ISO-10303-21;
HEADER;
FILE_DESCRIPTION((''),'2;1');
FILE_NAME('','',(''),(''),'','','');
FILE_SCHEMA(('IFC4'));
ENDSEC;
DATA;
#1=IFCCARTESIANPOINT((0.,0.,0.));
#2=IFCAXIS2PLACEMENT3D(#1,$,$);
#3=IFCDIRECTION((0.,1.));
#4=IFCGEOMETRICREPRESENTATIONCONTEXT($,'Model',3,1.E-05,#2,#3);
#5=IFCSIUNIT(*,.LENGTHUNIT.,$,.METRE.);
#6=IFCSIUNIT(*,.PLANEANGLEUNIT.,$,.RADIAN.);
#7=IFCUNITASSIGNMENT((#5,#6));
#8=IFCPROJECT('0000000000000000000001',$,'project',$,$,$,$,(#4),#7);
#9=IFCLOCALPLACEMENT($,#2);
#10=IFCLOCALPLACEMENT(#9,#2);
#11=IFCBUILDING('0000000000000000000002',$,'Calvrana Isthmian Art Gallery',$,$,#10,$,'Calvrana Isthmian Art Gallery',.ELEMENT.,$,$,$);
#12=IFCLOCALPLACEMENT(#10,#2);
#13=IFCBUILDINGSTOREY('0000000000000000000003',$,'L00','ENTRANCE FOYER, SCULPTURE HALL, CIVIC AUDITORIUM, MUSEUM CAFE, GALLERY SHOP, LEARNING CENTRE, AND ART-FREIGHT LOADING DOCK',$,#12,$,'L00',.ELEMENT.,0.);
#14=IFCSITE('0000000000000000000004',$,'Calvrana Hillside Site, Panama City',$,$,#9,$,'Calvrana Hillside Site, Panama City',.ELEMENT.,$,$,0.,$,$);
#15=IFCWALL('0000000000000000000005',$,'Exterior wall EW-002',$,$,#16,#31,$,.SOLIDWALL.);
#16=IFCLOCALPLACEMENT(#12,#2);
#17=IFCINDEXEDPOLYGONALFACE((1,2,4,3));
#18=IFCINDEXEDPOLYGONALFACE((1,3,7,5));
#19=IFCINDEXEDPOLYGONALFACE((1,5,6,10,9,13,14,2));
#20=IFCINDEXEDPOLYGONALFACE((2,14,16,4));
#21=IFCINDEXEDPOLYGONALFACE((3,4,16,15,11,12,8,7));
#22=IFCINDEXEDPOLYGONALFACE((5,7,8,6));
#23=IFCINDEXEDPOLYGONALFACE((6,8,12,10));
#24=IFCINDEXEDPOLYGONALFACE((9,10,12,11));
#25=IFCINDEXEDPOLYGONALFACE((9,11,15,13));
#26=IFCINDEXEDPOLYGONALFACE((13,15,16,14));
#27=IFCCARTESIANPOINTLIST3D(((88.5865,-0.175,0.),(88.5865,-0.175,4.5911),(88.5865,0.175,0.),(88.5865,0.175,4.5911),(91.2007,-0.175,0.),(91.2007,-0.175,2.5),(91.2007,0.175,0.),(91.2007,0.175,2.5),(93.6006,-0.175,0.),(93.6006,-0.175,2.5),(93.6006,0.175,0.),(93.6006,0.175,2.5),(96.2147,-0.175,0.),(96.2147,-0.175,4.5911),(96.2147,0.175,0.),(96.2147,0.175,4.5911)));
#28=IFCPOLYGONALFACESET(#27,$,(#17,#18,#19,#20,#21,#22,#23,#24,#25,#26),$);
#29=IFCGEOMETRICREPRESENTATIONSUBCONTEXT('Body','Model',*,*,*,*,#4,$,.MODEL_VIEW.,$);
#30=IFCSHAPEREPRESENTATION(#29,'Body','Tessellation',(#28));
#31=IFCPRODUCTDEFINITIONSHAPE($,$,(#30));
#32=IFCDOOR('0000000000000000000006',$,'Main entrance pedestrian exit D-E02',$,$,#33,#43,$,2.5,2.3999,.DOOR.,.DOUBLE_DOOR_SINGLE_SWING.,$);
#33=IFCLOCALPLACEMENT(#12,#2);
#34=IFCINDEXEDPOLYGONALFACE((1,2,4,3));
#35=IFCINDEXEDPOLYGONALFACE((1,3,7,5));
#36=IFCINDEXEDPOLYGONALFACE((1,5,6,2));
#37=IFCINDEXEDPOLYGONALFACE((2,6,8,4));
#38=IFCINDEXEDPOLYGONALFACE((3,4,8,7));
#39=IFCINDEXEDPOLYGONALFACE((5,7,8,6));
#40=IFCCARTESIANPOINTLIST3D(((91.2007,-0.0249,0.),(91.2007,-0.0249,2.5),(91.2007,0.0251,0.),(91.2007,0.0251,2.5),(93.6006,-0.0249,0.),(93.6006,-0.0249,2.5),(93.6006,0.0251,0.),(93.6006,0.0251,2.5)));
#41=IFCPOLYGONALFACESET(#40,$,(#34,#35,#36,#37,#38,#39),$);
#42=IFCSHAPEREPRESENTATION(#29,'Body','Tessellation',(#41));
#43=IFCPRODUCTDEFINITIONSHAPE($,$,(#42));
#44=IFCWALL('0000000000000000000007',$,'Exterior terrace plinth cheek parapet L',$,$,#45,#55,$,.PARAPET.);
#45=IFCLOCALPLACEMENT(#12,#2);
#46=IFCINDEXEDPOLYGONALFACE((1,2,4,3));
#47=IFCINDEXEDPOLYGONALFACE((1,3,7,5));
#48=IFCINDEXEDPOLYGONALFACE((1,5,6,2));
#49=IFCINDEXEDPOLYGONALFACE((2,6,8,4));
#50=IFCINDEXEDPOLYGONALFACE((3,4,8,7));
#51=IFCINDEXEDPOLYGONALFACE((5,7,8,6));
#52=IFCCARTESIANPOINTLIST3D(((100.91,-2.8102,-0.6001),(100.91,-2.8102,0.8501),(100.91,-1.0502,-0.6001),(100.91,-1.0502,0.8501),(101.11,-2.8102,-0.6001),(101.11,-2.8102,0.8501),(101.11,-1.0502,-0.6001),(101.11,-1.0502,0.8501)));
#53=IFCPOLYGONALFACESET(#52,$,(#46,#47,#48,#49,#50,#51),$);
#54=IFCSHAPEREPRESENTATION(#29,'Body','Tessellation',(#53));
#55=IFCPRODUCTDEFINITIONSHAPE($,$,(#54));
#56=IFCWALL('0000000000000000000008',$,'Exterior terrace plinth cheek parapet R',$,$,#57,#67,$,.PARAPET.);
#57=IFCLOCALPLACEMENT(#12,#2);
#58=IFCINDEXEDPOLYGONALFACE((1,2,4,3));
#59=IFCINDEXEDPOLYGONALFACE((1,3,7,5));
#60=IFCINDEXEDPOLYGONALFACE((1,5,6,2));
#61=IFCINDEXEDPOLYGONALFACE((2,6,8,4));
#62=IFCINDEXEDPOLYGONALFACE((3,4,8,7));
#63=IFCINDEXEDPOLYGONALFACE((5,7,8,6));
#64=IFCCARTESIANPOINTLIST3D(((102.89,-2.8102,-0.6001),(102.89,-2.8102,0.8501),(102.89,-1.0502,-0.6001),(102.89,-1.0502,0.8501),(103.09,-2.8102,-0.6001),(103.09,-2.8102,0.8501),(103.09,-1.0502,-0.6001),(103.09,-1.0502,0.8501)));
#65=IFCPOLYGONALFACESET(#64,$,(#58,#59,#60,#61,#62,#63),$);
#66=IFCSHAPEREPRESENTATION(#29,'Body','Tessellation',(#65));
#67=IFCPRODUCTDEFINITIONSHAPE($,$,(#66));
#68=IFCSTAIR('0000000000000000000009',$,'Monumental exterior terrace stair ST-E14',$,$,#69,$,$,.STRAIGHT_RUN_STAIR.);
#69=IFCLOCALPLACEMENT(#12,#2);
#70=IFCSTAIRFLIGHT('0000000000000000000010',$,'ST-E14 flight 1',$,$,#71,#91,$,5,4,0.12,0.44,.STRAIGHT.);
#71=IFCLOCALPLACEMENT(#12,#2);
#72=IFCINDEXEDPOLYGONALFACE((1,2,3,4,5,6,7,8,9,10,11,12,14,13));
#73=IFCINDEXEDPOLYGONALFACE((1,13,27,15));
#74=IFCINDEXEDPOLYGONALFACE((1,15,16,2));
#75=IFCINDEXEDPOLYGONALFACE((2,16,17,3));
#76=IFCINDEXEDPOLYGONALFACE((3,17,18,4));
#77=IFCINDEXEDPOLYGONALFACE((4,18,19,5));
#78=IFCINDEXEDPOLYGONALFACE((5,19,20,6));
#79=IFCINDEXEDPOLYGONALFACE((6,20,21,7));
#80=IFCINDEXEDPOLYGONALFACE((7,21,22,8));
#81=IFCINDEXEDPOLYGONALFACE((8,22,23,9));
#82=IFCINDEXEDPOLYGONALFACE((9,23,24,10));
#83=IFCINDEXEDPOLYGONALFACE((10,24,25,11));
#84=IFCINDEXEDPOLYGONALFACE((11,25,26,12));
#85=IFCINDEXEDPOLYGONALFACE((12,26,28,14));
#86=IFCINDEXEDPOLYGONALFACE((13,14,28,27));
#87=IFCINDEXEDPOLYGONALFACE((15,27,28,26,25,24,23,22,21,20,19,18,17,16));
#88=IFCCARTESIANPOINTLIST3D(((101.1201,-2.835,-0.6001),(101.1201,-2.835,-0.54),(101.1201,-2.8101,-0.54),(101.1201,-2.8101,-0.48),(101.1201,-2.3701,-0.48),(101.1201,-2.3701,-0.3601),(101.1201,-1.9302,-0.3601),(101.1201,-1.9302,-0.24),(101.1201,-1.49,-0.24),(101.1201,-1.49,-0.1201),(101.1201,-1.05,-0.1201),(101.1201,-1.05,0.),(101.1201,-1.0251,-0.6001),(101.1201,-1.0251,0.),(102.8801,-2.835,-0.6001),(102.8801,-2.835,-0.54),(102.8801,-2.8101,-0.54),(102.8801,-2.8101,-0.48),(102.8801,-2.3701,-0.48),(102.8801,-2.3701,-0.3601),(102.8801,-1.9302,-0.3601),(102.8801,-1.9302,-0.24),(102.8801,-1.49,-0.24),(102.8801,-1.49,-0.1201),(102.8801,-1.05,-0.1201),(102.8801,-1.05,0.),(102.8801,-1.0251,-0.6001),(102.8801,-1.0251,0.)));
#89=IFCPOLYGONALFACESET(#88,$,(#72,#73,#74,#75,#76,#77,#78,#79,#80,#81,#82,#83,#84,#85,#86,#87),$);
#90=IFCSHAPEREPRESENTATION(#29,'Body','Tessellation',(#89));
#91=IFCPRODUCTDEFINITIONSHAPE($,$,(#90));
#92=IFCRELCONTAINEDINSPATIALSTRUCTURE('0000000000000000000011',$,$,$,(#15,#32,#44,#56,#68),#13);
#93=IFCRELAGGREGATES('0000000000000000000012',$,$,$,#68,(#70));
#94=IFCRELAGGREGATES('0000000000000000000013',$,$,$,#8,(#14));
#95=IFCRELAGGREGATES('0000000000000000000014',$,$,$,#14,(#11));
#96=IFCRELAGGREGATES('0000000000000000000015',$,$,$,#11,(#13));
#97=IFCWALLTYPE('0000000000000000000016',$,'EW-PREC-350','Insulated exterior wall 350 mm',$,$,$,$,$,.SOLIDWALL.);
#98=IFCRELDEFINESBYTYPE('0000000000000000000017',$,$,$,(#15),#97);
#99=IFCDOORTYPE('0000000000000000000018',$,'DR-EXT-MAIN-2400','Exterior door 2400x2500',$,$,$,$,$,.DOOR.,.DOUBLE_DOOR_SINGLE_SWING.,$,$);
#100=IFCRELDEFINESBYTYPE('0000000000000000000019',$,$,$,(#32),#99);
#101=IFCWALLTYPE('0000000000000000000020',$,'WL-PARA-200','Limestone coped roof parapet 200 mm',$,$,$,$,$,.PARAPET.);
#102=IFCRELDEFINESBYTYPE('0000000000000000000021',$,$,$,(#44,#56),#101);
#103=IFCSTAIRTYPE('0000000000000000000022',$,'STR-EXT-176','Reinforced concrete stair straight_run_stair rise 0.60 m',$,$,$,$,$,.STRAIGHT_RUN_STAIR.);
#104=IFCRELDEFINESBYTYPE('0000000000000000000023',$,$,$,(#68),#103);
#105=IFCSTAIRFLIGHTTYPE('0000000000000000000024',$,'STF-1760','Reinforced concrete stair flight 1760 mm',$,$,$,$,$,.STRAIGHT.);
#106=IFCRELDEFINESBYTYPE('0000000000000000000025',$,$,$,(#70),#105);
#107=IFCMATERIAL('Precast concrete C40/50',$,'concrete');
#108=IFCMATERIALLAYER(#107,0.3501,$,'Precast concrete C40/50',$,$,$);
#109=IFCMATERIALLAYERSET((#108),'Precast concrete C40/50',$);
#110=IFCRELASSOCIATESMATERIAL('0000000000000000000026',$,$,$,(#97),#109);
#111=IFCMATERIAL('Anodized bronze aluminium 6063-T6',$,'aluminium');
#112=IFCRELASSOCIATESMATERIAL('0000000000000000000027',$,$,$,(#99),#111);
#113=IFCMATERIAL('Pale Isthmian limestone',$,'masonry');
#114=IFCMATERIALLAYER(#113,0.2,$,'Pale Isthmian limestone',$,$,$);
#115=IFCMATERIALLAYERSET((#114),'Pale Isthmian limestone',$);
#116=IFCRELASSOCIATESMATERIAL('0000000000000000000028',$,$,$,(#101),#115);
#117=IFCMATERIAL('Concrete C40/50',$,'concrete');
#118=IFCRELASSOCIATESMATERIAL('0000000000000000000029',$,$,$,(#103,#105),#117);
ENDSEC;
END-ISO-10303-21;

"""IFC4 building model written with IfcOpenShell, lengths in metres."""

from ifc_helpers import new_model, si_unit, direction, frame, frame_2d, origin, place, context, subcontext, project, spatial, polyline, rectangle, outline, extrude, material, layer, layer_set, type_object, element, fill, aggregate, save


model = new_model("IFC4")

# Units and contexts
model_context = context("Model", 3, precision=1e-05, world=origin(), true_north=direction((0.0, 1.0)))
body_context = subcontext(model_context, "Body", "Model", "MODEL_VIEW")
ifc_project = project(units=[si_unit("LENGTHUNIT", "METRE"), si_unit("PLANEANGLEUNIT", "RADIAN")], contexts=[model_context])

# Site, building, storey
site_placement = place(None, origin())
site = spatial("IfcSite", under=ifc_project, at=site_placement, Name="Calvrana Hillside Site, Panama City", LongName="Calvrana Hillside Site, Panama City", CompositionType="ELEMENT", RefElevation=0.0)
building_placement = place(site_placement, origin())
building = spatial("IfcBuilding", under=site, at=building_placement, Name="Calvrana Isthmian Art Gallery", LongName="Calvrana Isthmian Art Gallery", CompositionType="ELEMENT")
storey_placement = place(building_placement, origin())
storey = spatial("IfcBuildingStorey", under=building, at=storey_placement, Name="L00", Description="ENTRANCE FOYER, SCULPTURE HALL, CIVIC AUDITORIUM, MUSEUM CAFE, GALLERY SHOP, LEARNING CENTRE, AND ART-FREIGHT LOADING DOCK", LongName="L00", CompositionType="ELEMENT", Elevation=0.0)

# Shared definitions
ifc_material_1 = material(Name="Anodized bronze aluminium 6063-T6", Category="aluminium")

# Wall, opening, door
ifc_material_2 = material(Name="Precast concrete C40/50", Category="concrete")
ifc_layer_1 = layer(ifc_material_2, 0.3501, Name="Precast concrete C40/50")
ifc_layer_set_1 = layer_set([ifc_layer_1], Name="Precast concrete C40/50")
wall_type_1 = type_object("IfcWallType", Name="EW-PREC-350", Description="Insulated exterior wall 350 mm", PredefinedType="SOLIDWALL", material=ifc_layer_set_1)
wall_placement = place(storey_placement, frame((96.2146, 0.0, 0.0), z_axis=(0.0, 0.0, 1.0), x_axis=(-1.0, 0.0, 0.0)))
wall = element("IfcWall", 1, at=wall_placement, inside=storey, type_object=wall_type_1, Name="Exterior wall EW-002", PredefinedType="SOLIDWALL", context=body_context, shape_type="SweptSolid", body=[
    extrude(rectangle(XDim=7.6282, YDim=0.3501, at=frame_2d((3.814, 0.0))), origin(), (0.0, 0.0, 1.0), 4.5911),
])
opening_placement = place(wall_placement, frame((2.614, 0.0, 0.0)))
opening = element("IfcOpeningElement", 2, at=opening_placement, cuts=wall, PredefinedType="OPENING", context=body_context, shape_type="SweptSolid", body=[
    extrude(rectangle(XDim=2.3999, YDim=2.5, at=frame_2d((1.2, 1.25))), frame((0.0, 0.1853, 0.0), z_axis=(0.0, -1.0, 0.0), x_axis=(1.0, 0.0, 0.0)), (0.0, 0.0, 1.0), 0.3706),
])
door_type = type_object("IfcDoorType", Name="DR-EXT-MAIN-2400", Description="Exterior door 2400x2500", OperationType="DOUBLE_DOOR_SINGLE_SWING", PredefinedType="DOOR", material=ifc_material_1)
door_placement = place(opening_placement, origin())
door = element("IfcDoor", 3, at=door_placement, inside=storey, type_object=door_type, Name="Main entrance pedestrian exit D-E02", OperationType="DOUBLE_DOOR_SINGLE_SWING", OverallHeight=2.5, OverallWidth=2.3999, PredefinedType="DOOR", context=body_context, shape_type="SweptSolid", body=[
    extrude(rectangle(XDim=2.3999, YDim=2.5, at=frame_2d((1.2, 1.25))), frame((0.0, 0.0249, 0.0), z_axis=(0.0, -1.0, 0.0), x_axis=(1.0, 0.0, 0.0)), (0.0, 0.0, 1.0), 0.05),
])
fill(opening, door)

# Walls
ifc_material_3 = material(Name="Pale Isthmian limestone", Category="masonry")
ifc_layer_2 = layer(ifc_material_3, 0.2, Name="Pale Isthmian limestone")
ifc_layer_set_2 = layer_set([ifc_layer_2], Name="Pale Isthmian limestone")
wall_type_2 = type_object("IfcWallType", Name="WL-PARA-200", Description="Limestone coped roof parapet 200 mm", PredefinedType="PARAPET", material=ifc_layer_set_2)
for number, where, z_axis, x_axis, name in (
    (4, (101.01, -2.8101, -0.6001), (0.0, 0.0, 1.0), (0.0, 1.0, 0.0), "Exterior terrace plinth cheek parapet L"),
    (5, (102.99, -2.8101, -0.6001), (0.0, 0.0, 1.0), (0.0, 1.0, 0.0), "Exterior terrace plinth cheek parapet R"),
):
    element("IfcWall", number, at=place(storey_placement, frame(where, z_axis=z_axis, x_axis=x_axis)), inside=storey, type_object=wall_type_2, Name=name, PredefinedType="PARAPET", context=body_context, shape_type="SweptSolid", body=[
        extrude(rectangle(XDim=1.76, YDim=0.2, at=frame_2d((0.8799, 0.0))), origin(), (0.0, 0.0, 1.0), 1.4502),
    ])

# Stair, stair flight
ifc_material_4 = material(Name="Concrete C40/50", Category="concrete")
stair_type = type_object("IfcStairType", Name="STR-EXT-176", Description="Reinforced concrete stair straight_run_stair rise 0.60 m", PredefinedType="STRAIGHT_RUN_STAIR", material=ifc_material_4)
stair_placement = place(storey_placement, origin())
stair = element("IfcStair", 6, at=stair_placement, inside=storey, type_object=stair_type, Name="Monumental exterior terrace stair ST-E14", PredefinedType="STRAIGHT_RUN_STAIR")
stair_flight_type = type_object("IfcStairFlightType", Name="STF-1760", Description="Reinforced concrete stair flight 1760 mm", PredefinedType="STRAIGHT", material=ifc_material_4)
stair_flight_placement = place(storey_placement, frame((102.0, -2.8101, -0.6001), z_axis=(0.0, 0.0, 1.0), x_axis=(0.0, 1.0, 0.0)))
stair_flight = element("IfcStairFlight", 7, at=stair_flight_placement, type_object=stair_flight_type, Name="ST-E14 flight 1", NumberOfRisers=5, NumberOfTreads=4, PredefinedType="STRAIGHT", RiserHeight=0.12, TreadLength=0.44, context=body_context, shape_type="SweptSolid", body=[
    extrude(outline(polyline([(-0.0249, 0.0), (-0.0249, 0.0601), (0.0, 0.0601), (0.0, 0.1201), (0.4399, 0.1201), (0.4399, 0.24), (0.8799, 0.24), (0.8799, 0.3601), (1.3201, 0.3601), (1.3201, 0.48), (1.76, 0.48), (1.76, 0.6001), (1.7849, 0.6001), (1.7849, 0.0), (-0.0249, 0.0)])), frame((0.0, 0.8799, 0.0), z_axis=(0.0, -1.0, 0.0), x_axis=(1.0, 0.0, 0.0)), (0.0, 0.0, 1.0), 1.76),
])
aggregate(stair, [stair_flight])

save(model, "model.ifc")
